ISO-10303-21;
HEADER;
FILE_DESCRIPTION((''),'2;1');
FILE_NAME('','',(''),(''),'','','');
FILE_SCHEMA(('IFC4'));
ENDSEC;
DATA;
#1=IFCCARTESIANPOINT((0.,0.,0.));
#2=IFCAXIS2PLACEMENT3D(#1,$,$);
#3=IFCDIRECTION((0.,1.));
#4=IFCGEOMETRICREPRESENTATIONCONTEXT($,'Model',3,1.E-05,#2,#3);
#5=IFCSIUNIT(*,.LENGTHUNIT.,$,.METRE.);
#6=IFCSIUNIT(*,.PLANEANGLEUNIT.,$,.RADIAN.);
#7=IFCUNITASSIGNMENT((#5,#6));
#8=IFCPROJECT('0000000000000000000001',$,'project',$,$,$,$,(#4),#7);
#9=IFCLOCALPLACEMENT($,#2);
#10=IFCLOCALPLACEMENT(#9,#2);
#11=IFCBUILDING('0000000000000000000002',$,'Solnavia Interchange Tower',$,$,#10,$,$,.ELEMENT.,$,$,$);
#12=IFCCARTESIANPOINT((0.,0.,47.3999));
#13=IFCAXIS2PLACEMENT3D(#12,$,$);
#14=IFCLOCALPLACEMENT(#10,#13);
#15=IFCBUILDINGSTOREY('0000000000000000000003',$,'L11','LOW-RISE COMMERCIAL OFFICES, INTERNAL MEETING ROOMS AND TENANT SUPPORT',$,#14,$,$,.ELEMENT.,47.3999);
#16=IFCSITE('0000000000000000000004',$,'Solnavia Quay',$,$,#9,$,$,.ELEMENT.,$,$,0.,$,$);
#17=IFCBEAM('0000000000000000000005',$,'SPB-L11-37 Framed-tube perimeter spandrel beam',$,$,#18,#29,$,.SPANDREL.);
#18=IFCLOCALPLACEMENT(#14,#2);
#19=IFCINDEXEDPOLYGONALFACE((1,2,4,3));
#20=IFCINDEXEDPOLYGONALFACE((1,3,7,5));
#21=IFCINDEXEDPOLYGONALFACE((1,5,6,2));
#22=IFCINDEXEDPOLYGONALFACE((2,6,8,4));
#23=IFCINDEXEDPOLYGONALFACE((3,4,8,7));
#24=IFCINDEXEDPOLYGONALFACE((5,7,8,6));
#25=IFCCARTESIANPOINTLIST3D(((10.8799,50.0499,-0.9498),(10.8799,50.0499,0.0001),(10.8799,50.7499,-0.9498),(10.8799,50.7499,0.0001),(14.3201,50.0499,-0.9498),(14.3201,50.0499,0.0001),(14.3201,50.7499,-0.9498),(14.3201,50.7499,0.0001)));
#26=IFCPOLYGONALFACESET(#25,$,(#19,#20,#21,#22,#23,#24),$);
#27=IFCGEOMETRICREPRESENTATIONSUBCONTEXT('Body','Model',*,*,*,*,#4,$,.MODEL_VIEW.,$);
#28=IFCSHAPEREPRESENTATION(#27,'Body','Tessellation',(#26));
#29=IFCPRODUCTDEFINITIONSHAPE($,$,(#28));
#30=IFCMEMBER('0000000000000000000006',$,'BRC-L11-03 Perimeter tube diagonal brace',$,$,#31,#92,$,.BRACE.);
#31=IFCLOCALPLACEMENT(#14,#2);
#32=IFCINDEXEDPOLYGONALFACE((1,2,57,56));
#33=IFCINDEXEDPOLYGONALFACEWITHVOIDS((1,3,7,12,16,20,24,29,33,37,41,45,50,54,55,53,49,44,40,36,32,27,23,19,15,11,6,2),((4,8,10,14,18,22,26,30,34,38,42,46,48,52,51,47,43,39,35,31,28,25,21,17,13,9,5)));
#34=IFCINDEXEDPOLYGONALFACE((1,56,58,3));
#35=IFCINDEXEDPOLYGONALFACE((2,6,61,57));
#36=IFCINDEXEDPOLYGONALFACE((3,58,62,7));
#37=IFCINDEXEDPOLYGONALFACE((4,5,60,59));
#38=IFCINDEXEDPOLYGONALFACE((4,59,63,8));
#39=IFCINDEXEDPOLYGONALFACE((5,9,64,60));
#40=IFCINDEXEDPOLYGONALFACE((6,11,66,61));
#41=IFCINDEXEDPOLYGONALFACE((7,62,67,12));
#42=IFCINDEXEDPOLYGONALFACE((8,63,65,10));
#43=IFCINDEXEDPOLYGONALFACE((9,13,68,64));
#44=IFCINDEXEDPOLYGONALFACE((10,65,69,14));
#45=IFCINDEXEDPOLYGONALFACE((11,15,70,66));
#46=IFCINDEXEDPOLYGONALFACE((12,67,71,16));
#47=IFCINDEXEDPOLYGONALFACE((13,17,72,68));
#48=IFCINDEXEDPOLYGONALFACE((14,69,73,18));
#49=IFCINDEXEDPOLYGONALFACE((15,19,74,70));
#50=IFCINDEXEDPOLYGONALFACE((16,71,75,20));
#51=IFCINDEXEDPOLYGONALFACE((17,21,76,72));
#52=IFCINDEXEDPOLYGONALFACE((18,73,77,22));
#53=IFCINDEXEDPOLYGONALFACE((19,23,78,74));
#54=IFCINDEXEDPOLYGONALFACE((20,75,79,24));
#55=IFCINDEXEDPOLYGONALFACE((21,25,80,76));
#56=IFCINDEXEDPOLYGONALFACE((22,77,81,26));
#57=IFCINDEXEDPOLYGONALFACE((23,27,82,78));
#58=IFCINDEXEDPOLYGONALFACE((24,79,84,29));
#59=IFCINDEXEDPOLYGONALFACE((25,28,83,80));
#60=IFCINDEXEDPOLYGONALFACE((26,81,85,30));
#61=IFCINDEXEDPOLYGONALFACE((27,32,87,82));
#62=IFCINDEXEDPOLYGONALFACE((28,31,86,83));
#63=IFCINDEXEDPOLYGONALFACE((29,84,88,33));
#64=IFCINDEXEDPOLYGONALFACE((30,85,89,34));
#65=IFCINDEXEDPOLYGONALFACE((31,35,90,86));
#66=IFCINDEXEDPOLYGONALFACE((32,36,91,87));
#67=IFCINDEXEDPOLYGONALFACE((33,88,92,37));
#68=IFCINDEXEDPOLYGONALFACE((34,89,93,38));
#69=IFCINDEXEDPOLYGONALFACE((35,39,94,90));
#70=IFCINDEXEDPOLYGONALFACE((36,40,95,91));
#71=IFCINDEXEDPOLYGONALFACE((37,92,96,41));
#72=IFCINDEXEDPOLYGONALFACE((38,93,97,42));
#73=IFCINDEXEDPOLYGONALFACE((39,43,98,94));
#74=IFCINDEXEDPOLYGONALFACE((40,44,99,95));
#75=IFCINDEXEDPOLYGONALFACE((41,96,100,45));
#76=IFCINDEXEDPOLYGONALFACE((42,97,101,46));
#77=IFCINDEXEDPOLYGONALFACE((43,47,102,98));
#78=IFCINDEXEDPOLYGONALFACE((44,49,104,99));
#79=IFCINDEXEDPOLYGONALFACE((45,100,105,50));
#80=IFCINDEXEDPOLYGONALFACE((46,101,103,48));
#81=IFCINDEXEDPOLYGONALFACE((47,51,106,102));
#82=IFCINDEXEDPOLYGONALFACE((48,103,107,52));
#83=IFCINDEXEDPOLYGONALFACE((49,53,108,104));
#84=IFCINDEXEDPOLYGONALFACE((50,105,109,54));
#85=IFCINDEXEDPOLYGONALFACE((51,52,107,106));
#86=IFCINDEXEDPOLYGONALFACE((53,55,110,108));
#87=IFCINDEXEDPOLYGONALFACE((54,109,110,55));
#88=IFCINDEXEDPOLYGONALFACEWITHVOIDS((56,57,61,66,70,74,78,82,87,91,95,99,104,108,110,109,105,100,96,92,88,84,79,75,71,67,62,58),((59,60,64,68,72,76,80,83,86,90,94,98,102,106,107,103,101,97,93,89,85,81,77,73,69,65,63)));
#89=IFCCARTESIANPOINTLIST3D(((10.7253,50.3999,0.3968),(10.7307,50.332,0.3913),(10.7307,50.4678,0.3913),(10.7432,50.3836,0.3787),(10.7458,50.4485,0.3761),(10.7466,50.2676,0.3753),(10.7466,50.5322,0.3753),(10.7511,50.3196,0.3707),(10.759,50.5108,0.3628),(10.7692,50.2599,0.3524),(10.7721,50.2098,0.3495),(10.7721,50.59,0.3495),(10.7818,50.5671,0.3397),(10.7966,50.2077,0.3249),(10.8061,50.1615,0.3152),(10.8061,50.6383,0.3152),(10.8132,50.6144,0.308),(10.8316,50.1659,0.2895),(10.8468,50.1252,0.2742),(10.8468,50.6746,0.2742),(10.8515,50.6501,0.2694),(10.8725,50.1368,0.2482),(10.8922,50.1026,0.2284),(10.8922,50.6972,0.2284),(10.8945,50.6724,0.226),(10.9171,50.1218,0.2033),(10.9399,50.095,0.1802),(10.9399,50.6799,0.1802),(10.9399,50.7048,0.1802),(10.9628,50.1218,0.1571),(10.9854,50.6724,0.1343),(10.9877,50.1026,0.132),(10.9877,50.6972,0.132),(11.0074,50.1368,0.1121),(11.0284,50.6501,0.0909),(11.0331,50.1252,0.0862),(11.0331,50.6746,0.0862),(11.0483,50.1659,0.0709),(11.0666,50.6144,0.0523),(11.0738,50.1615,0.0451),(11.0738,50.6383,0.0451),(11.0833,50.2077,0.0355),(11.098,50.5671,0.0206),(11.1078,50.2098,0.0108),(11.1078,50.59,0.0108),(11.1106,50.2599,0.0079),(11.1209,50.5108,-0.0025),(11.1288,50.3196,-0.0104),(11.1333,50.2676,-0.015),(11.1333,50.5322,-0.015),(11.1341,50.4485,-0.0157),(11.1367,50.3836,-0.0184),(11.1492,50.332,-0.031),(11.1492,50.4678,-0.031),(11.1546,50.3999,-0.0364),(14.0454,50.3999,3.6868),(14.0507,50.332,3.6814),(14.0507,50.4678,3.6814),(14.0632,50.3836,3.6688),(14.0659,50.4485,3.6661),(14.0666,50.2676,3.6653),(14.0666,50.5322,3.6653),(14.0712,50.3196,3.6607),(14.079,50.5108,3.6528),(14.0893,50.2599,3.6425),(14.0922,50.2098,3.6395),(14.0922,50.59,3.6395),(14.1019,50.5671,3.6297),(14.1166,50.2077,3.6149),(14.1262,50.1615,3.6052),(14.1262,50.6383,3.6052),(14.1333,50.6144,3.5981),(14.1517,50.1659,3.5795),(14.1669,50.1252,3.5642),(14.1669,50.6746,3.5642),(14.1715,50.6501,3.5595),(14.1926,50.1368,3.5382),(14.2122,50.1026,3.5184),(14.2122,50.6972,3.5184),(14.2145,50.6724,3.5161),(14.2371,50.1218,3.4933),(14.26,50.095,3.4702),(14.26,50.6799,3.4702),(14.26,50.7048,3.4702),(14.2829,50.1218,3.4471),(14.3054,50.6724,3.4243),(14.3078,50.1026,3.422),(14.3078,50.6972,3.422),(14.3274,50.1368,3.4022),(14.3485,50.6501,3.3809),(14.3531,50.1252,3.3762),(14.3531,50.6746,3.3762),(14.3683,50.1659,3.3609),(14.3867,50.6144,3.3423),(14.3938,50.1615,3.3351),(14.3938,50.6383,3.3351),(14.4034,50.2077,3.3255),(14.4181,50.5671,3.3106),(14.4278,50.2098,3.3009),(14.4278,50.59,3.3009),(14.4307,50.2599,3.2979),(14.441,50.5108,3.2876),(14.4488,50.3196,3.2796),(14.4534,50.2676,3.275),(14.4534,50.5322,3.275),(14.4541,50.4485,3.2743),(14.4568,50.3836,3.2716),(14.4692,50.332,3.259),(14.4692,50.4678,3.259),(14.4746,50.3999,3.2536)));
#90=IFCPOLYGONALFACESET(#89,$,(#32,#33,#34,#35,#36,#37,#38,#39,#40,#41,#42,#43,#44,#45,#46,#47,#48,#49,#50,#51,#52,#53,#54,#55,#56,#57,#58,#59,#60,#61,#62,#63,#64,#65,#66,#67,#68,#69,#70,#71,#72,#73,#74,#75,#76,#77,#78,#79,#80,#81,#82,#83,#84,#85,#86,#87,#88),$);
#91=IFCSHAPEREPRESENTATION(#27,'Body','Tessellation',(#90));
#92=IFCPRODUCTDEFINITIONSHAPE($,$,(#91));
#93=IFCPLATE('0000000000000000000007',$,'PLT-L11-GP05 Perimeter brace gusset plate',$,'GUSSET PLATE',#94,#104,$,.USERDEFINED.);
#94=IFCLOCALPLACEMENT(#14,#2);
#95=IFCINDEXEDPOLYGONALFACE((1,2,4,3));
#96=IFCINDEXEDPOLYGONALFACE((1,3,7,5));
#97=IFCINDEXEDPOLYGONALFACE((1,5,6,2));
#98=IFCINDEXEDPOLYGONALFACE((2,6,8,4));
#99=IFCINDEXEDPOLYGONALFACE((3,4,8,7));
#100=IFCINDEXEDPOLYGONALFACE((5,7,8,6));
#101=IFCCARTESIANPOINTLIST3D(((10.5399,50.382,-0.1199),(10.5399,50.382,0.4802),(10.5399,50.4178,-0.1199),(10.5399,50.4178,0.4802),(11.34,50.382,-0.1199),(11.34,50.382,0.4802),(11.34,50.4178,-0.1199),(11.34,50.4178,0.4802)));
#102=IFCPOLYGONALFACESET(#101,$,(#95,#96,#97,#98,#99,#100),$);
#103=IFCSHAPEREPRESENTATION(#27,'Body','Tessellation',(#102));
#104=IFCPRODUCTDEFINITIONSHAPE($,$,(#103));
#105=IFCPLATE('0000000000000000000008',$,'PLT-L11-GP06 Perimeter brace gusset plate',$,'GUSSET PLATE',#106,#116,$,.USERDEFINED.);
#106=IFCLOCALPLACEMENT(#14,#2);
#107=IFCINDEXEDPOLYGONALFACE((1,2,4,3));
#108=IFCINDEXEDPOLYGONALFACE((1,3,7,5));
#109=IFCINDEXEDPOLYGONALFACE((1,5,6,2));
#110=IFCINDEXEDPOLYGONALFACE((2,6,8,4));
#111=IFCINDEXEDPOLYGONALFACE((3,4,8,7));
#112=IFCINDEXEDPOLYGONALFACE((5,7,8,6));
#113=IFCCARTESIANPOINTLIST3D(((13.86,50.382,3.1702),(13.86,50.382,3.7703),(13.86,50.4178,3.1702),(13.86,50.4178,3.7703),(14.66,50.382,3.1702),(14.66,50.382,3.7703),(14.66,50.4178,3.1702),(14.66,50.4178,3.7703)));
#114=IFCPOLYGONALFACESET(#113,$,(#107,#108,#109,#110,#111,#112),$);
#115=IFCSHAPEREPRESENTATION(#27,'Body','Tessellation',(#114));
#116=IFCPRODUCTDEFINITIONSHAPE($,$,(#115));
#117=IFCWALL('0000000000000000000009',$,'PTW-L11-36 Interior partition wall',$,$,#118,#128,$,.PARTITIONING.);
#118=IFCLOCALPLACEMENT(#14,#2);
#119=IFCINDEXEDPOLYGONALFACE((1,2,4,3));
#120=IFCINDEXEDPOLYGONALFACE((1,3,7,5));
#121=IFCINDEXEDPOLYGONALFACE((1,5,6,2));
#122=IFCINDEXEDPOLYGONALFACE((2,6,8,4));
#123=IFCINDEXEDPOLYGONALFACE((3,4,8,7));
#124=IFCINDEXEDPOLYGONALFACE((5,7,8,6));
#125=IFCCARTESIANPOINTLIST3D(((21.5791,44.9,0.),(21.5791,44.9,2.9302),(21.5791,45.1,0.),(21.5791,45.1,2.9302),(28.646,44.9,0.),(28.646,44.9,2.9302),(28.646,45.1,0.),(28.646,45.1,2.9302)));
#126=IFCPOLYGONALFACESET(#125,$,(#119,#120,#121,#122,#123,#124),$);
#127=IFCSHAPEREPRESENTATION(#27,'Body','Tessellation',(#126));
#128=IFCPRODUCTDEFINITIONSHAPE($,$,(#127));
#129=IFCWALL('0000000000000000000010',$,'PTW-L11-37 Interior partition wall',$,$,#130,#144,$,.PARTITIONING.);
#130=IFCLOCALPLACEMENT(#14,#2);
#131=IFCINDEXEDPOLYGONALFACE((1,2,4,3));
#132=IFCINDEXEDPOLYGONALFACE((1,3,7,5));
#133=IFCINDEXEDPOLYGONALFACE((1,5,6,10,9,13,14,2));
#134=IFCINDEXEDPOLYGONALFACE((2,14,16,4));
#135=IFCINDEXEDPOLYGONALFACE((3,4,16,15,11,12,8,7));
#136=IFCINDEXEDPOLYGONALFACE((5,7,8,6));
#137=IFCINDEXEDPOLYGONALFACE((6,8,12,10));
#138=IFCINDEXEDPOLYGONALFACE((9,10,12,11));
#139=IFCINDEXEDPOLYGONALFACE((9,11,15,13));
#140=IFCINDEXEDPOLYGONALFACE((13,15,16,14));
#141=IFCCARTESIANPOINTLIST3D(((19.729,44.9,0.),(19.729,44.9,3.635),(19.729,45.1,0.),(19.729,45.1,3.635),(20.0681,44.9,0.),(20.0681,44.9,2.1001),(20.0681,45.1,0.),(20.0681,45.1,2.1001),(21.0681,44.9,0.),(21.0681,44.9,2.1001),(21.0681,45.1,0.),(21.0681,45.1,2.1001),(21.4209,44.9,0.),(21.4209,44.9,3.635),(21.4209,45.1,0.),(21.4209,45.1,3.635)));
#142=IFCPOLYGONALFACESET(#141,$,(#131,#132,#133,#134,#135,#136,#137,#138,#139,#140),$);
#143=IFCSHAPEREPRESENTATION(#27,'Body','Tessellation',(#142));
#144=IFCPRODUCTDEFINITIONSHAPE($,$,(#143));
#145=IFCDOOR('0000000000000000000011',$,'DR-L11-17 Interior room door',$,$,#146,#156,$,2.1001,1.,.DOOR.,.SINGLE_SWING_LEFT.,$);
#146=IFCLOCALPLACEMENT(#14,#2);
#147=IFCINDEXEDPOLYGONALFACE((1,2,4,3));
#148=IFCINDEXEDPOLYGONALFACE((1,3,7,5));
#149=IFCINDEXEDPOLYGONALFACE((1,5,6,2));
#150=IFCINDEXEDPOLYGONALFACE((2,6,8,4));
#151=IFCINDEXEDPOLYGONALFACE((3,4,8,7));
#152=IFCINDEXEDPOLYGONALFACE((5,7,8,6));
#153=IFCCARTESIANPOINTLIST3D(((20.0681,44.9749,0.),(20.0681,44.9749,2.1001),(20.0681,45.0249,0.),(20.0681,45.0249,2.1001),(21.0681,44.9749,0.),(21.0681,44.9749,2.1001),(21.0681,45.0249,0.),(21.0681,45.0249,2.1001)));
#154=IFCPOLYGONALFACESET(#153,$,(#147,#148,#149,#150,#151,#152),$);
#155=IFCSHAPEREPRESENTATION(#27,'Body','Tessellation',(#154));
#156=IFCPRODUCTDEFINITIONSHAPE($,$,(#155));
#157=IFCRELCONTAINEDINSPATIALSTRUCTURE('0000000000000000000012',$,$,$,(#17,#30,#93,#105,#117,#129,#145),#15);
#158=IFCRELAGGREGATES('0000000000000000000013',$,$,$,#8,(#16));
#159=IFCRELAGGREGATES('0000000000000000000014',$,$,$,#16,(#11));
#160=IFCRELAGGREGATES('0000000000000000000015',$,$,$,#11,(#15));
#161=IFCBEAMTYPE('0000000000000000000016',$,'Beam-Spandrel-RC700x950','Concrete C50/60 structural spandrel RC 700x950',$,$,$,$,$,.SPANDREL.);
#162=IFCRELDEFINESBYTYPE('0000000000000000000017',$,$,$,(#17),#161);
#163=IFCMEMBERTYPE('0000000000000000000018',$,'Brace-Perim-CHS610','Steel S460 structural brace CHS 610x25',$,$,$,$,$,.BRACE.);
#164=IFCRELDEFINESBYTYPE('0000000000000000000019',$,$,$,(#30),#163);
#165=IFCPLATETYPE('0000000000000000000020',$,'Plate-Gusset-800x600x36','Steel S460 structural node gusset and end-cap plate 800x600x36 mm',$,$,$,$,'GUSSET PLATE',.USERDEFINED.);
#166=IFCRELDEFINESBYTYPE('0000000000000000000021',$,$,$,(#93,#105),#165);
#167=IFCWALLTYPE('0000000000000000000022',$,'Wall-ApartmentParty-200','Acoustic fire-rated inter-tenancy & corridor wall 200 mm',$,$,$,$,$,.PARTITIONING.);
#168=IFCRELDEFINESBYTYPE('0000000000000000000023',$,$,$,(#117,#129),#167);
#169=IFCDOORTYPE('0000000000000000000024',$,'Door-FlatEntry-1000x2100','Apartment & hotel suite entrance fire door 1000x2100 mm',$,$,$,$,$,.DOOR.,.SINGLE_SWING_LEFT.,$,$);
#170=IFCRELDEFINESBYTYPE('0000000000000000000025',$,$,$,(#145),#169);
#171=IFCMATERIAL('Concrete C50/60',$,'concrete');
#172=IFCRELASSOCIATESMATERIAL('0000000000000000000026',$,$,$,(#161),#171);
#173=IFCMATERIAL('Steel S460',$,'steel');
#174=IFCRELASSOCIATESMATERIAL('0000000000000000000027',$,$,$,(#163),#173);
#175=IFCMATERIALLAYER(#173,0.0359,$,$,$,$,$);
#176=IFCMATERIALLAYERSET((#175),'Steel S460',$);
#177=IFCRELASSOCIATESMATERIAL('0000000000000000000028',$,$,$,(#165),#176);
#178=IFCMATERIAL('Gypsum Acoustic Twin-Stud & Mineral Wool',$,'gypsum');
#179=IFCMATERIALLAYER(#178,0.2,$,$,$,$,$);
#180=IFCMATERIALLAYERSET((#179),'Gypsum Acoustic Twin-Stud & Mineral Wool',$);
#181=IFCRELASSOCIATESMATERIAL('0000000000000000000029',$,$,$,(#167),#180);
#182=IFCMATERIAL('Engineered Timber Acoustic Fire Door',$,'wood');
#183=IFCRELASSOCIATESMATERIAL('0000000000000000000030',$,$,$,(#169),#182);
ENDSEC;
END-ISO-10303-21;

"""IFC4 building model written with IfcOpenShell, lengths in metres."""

from ifc_helpers import new_model, si_unit, direction, frame, frame_2d, origin, origin_2d, place, context, subcontext, project, spatial, rectangle, hollow_circle, extrude, material, layer, layer_set, material_profile, profile_set, type_object, element, fill, save


model = new_model("IFC4")

# Units and contexts
model_context = context("Model", 3, precision=1e-05, world=origin(), true_north=direction((0.0, 1.0)))
body_context = subcontext(model_context, "Body", "Model", "MODEL_VIEW")
ifc_project = project(units=[si_unit("LENGTHUNIT", "METRE"), si_unit("PLANEANGLEUNIT", "RADIAN")], contexts=[model_context])

# Site, building, storey
site_placement = place(None, origin())
site = spatial("IfcSite", under=ifc_project, at=site_placement, Name="Solnavia Quay", CompositionType="ELEMENT", RefElevation=0.0)
building_placement = place(site_placement, origin())
building = spatial("IfcBuilding", under=site, at=building_placement, Name="Solnavia Interchange Tower", CompositionType="ELEMENT")
storey_placement = place(building_placement, frame((0.0, 0.0, 47.3999)))
storey = spatial("IfcBuildingStorey", under=building, at=storey_placement, Name="L11", Description="LOW-RISE COMMERCIAL OFFICES, INTERNAL MEETING ROOMS AND TENANT SUPPORT", CompositionType="ELEMENT", Elevation=47.3999)

# Beam
ifc_material_1 = material(Name="Steel S460", Category="steel")
ifc_material_2 = material(Name="Concrete C50/60", Category="concrete")
ifc_material_profile_1 = material_profile(ifc_material_2, rectangle(XDim=0.7, YDim=0.95, at=origin_2d()), Name="RC 700x950")
ifc_profile_set_1 = profile_set([ifc_material_profile_1], Name="Concrete C50/60")
beam_type_1 = type_object("IfcBeamType", Name="Beam-Spandrel-RC700x950", Description="Concrete C50/60 structural spandrel RC 700x950", PredefinedType="SPANDREL", material=ifc_profile_set_1)
beam_1_placement = place(storey_placement, frame((14.3201, 50.3999, -0.4749), z_axis=(-1.0, 0.0, 0.0), x_axis=(0.0, -1.0, 0.0)))
element("IfcBeam", 1, at=beam_1_placement, inside=storey, type_object=beam_type_1, Name="SPB-L11-37 Framed-tube perimeter spandrel beam", PredefinedType="SPANDREL", context=body_context, shape_type="SweptSolid", body=[
    extrude(rectangle(XDim=0.7, YDim=0.95, at=origin_2d()), origin(), (0.0, 0.0, 1.0), 3.4402),
])

# Member
ifc_material_profile_2 = material_profile(ifc_material_1, hollow_circle(Radius=0.3049, WallThickness=0.0249, at=origin_2d()), Name="CHS 610x25")
ifc_profile_set_2 = profile_set([ifc_material_profile_2], Name="Steel S460")
member_type = type_object("IfcMemberType", Name="Brace-Perim-CHS610", Description="Steel S460 structural brace CHS 610x25", PredefinedType="BRACE", material=ifc_profile_set_2)
member_placement = place(storey_placement, frame((10.9399, 50.3999, 0.1802), z_axis=(0.710312, 0.0, 0.703887), x_axis=(0.0, 1.0, 0.0)))
element("IfcMember", 2, at=member_placement, inside=storey, type_object=member_type, Name="BRC-L11-03 Perimeter tube diagonal brace", PredefinedType="BRACE", context=body_context, shape_type="SweptSolid", body=[
    extrude(hollow_circle(Radius=0.3049, WallThickness=0.0249, at=origin_2d()), origin(), (0.0, 0.0, 1.0), 4.6741),
])

# Plates
ifc_layer_1 = layer(ifc_material_1, 0.0359)
ifc_layer_set_1 = layer_set([ifc_layer_1], Name="Steel S460")
plate_type = type_object("IfcPlateType", Name="Plate-Gusset-800x600x36", Description="Steel S460 structural node gusset and end-cap plate 800x600x36 mm", ElementType="GUSSET PLATE", PredefinedType="USERDEFINED", material=ifc_layer_set_1)
for number, where, z_axis, x_axis, name in (
    (3, (10.9399, 50.3999, -0.1199), (0.0, 0.0, 1.0), (1.0, 0.0, 0.0), "PLT-L11-GP05 Perimeter brace gusset plate"),
    (4, (14.26, 50.3999, 3.1702), (0.0, 0.0, 1.0), (1.0, 0.0, 0.0), "PLT-L11-GP06 Perimeter brace gusset plate"),
):
    element("IfcPlate", number, at=place(storey_placement, frame(where, z_axis=z_axis, x_axis=x_axis)), inside=storey, type_object=plate_type, Name=name, ObjectType="GUSSET PLATE", PredefinedType="USERDEFINED", context=body_context, shape_type="SweptSolid", body=[
        extrude(rectangle(XDim=0.8, YDim=0.0359, at=origin_2d()), origin(), (0.0, 0.0, 1.0), 0.6001),
    ])

# Wall
ifc_material_3 = material(Name="Gypsum Acoustic Twin-Stud & Mineral Wool", Category="gypsum")
ifc_layer_2 = layer(ifc_material_3, 0.2)
ifc_layer_set_2 = layer_set([ifc_layer_2], Name="Gypsum Acoustic Twin-Stud & Mineral Wool")
wall_type_1 = type_object("IfcWallType", Name="Wall-ApartmentParty-200", Description="Acoustic fire-rated inter-tenancy & corridor wall 200 mm", PredefinedType="PARTITIONING", material=ifc_layer_set_2)
wall_1_placement = place(storey_placement, frame((21.5791, 45.0, 0.0), z_axis=(0.0, 0.0, 1.0), x_axis=(1.0, 0.0, 0.0)))
element("IfcWall", 5, at=wall_1_placement, inside=storey, type_object=wall_type_1, Name="PTW-L11-36 Interior partition wall", PredefinedType="PARTITIONING", context=body_context, shape_type="SweptSolid", body=[
    extrude(rectangle(XDim=7.0669, YDim=0.2, at=frame_2d((3.5334, 0.0))), origin(), (0.0, 0.0, 1.0), 2.9302),
])

# Wall, opening, door
wall_2_placement = place(storey_placement, frame((19.729, 45.0, 0.0), z_axis=(0.0, 0.0, 1.0), x_axis=(1.0, 0.0, 0.0)))
wall_2 = element("IfcWall", 6, at=wall_2_placement, inside=storey, type_object=wall_type_1, Name="PTW-L11-37 Interior partition wall", PredefinedType="PARTITIONING", context=body_context, shape_type="SweptSolid", body=[
    extrude(rectangle(XDim=1.6919, YDim=0.2, at=frame_2d((0.8459, 0.0))), origin(), (0.0, 0.0, 1.0), 3.635),
])
opening_1_placement = place(wall_2_placement, frame((0.3391, 0.0, 0.0)))
opening_1 = element("IfcOpeningElement", 7, at=opening_1_placement, cuts=wall_2, PredefinedType="OPENING", context=body_context, shape_type="SweptSolid", body=[
    extrude(rectangle(XDim=1.0, YDim=2.1001, at=frame_2d((0.5, 1.05))), frame((0.0, 0.1099, 0.0), z_axis=(0.0, -1.0, 0.0), x_axis=(1.0, 0.0, 0.0)), (0.0, 0.0, 1.0), 0.22),
])
ifc_material_4 = material(Name="Engineered Timber Acoustic Fire Door", Category="wood")
door_type = type_object("IfcDoorType", Name="Door-FlatEntry-1000x2100", Description="Apartment & hotel suite entrance fire door 1000x2100 mm", OperationType="SINGLE_SWING_LEFT", PredefinedType="DOOR", material=ifc_material_4)
door_placement = place(opening_1_placement, origin())
door = element("IfcDoor", 8, at=door_placement, inside=storey, type_object=door_type, Name="DR-L11-17 Interior room door", OperationType="SINGLE_SWING_LEFT", OverallHeight=2.1001, OverallWidth=1.0, PredefinedType="DOOR", context=body_context, shape_type="SweptSolid", body=[
    extrude(rectangle(XDim=1.0, YDim=2.1001, at=frame_2d((0.5, 1.05))), frame((0.0, 0.0249, 0.0), z_axis=(0.0, -1.0, 0.0), x_axis=(1.0, 0.0, 0.0)), (0.0, 0.0, 1.0), 0.05),
])
fill(opening_1, door)

save(model, "model.ifc")
